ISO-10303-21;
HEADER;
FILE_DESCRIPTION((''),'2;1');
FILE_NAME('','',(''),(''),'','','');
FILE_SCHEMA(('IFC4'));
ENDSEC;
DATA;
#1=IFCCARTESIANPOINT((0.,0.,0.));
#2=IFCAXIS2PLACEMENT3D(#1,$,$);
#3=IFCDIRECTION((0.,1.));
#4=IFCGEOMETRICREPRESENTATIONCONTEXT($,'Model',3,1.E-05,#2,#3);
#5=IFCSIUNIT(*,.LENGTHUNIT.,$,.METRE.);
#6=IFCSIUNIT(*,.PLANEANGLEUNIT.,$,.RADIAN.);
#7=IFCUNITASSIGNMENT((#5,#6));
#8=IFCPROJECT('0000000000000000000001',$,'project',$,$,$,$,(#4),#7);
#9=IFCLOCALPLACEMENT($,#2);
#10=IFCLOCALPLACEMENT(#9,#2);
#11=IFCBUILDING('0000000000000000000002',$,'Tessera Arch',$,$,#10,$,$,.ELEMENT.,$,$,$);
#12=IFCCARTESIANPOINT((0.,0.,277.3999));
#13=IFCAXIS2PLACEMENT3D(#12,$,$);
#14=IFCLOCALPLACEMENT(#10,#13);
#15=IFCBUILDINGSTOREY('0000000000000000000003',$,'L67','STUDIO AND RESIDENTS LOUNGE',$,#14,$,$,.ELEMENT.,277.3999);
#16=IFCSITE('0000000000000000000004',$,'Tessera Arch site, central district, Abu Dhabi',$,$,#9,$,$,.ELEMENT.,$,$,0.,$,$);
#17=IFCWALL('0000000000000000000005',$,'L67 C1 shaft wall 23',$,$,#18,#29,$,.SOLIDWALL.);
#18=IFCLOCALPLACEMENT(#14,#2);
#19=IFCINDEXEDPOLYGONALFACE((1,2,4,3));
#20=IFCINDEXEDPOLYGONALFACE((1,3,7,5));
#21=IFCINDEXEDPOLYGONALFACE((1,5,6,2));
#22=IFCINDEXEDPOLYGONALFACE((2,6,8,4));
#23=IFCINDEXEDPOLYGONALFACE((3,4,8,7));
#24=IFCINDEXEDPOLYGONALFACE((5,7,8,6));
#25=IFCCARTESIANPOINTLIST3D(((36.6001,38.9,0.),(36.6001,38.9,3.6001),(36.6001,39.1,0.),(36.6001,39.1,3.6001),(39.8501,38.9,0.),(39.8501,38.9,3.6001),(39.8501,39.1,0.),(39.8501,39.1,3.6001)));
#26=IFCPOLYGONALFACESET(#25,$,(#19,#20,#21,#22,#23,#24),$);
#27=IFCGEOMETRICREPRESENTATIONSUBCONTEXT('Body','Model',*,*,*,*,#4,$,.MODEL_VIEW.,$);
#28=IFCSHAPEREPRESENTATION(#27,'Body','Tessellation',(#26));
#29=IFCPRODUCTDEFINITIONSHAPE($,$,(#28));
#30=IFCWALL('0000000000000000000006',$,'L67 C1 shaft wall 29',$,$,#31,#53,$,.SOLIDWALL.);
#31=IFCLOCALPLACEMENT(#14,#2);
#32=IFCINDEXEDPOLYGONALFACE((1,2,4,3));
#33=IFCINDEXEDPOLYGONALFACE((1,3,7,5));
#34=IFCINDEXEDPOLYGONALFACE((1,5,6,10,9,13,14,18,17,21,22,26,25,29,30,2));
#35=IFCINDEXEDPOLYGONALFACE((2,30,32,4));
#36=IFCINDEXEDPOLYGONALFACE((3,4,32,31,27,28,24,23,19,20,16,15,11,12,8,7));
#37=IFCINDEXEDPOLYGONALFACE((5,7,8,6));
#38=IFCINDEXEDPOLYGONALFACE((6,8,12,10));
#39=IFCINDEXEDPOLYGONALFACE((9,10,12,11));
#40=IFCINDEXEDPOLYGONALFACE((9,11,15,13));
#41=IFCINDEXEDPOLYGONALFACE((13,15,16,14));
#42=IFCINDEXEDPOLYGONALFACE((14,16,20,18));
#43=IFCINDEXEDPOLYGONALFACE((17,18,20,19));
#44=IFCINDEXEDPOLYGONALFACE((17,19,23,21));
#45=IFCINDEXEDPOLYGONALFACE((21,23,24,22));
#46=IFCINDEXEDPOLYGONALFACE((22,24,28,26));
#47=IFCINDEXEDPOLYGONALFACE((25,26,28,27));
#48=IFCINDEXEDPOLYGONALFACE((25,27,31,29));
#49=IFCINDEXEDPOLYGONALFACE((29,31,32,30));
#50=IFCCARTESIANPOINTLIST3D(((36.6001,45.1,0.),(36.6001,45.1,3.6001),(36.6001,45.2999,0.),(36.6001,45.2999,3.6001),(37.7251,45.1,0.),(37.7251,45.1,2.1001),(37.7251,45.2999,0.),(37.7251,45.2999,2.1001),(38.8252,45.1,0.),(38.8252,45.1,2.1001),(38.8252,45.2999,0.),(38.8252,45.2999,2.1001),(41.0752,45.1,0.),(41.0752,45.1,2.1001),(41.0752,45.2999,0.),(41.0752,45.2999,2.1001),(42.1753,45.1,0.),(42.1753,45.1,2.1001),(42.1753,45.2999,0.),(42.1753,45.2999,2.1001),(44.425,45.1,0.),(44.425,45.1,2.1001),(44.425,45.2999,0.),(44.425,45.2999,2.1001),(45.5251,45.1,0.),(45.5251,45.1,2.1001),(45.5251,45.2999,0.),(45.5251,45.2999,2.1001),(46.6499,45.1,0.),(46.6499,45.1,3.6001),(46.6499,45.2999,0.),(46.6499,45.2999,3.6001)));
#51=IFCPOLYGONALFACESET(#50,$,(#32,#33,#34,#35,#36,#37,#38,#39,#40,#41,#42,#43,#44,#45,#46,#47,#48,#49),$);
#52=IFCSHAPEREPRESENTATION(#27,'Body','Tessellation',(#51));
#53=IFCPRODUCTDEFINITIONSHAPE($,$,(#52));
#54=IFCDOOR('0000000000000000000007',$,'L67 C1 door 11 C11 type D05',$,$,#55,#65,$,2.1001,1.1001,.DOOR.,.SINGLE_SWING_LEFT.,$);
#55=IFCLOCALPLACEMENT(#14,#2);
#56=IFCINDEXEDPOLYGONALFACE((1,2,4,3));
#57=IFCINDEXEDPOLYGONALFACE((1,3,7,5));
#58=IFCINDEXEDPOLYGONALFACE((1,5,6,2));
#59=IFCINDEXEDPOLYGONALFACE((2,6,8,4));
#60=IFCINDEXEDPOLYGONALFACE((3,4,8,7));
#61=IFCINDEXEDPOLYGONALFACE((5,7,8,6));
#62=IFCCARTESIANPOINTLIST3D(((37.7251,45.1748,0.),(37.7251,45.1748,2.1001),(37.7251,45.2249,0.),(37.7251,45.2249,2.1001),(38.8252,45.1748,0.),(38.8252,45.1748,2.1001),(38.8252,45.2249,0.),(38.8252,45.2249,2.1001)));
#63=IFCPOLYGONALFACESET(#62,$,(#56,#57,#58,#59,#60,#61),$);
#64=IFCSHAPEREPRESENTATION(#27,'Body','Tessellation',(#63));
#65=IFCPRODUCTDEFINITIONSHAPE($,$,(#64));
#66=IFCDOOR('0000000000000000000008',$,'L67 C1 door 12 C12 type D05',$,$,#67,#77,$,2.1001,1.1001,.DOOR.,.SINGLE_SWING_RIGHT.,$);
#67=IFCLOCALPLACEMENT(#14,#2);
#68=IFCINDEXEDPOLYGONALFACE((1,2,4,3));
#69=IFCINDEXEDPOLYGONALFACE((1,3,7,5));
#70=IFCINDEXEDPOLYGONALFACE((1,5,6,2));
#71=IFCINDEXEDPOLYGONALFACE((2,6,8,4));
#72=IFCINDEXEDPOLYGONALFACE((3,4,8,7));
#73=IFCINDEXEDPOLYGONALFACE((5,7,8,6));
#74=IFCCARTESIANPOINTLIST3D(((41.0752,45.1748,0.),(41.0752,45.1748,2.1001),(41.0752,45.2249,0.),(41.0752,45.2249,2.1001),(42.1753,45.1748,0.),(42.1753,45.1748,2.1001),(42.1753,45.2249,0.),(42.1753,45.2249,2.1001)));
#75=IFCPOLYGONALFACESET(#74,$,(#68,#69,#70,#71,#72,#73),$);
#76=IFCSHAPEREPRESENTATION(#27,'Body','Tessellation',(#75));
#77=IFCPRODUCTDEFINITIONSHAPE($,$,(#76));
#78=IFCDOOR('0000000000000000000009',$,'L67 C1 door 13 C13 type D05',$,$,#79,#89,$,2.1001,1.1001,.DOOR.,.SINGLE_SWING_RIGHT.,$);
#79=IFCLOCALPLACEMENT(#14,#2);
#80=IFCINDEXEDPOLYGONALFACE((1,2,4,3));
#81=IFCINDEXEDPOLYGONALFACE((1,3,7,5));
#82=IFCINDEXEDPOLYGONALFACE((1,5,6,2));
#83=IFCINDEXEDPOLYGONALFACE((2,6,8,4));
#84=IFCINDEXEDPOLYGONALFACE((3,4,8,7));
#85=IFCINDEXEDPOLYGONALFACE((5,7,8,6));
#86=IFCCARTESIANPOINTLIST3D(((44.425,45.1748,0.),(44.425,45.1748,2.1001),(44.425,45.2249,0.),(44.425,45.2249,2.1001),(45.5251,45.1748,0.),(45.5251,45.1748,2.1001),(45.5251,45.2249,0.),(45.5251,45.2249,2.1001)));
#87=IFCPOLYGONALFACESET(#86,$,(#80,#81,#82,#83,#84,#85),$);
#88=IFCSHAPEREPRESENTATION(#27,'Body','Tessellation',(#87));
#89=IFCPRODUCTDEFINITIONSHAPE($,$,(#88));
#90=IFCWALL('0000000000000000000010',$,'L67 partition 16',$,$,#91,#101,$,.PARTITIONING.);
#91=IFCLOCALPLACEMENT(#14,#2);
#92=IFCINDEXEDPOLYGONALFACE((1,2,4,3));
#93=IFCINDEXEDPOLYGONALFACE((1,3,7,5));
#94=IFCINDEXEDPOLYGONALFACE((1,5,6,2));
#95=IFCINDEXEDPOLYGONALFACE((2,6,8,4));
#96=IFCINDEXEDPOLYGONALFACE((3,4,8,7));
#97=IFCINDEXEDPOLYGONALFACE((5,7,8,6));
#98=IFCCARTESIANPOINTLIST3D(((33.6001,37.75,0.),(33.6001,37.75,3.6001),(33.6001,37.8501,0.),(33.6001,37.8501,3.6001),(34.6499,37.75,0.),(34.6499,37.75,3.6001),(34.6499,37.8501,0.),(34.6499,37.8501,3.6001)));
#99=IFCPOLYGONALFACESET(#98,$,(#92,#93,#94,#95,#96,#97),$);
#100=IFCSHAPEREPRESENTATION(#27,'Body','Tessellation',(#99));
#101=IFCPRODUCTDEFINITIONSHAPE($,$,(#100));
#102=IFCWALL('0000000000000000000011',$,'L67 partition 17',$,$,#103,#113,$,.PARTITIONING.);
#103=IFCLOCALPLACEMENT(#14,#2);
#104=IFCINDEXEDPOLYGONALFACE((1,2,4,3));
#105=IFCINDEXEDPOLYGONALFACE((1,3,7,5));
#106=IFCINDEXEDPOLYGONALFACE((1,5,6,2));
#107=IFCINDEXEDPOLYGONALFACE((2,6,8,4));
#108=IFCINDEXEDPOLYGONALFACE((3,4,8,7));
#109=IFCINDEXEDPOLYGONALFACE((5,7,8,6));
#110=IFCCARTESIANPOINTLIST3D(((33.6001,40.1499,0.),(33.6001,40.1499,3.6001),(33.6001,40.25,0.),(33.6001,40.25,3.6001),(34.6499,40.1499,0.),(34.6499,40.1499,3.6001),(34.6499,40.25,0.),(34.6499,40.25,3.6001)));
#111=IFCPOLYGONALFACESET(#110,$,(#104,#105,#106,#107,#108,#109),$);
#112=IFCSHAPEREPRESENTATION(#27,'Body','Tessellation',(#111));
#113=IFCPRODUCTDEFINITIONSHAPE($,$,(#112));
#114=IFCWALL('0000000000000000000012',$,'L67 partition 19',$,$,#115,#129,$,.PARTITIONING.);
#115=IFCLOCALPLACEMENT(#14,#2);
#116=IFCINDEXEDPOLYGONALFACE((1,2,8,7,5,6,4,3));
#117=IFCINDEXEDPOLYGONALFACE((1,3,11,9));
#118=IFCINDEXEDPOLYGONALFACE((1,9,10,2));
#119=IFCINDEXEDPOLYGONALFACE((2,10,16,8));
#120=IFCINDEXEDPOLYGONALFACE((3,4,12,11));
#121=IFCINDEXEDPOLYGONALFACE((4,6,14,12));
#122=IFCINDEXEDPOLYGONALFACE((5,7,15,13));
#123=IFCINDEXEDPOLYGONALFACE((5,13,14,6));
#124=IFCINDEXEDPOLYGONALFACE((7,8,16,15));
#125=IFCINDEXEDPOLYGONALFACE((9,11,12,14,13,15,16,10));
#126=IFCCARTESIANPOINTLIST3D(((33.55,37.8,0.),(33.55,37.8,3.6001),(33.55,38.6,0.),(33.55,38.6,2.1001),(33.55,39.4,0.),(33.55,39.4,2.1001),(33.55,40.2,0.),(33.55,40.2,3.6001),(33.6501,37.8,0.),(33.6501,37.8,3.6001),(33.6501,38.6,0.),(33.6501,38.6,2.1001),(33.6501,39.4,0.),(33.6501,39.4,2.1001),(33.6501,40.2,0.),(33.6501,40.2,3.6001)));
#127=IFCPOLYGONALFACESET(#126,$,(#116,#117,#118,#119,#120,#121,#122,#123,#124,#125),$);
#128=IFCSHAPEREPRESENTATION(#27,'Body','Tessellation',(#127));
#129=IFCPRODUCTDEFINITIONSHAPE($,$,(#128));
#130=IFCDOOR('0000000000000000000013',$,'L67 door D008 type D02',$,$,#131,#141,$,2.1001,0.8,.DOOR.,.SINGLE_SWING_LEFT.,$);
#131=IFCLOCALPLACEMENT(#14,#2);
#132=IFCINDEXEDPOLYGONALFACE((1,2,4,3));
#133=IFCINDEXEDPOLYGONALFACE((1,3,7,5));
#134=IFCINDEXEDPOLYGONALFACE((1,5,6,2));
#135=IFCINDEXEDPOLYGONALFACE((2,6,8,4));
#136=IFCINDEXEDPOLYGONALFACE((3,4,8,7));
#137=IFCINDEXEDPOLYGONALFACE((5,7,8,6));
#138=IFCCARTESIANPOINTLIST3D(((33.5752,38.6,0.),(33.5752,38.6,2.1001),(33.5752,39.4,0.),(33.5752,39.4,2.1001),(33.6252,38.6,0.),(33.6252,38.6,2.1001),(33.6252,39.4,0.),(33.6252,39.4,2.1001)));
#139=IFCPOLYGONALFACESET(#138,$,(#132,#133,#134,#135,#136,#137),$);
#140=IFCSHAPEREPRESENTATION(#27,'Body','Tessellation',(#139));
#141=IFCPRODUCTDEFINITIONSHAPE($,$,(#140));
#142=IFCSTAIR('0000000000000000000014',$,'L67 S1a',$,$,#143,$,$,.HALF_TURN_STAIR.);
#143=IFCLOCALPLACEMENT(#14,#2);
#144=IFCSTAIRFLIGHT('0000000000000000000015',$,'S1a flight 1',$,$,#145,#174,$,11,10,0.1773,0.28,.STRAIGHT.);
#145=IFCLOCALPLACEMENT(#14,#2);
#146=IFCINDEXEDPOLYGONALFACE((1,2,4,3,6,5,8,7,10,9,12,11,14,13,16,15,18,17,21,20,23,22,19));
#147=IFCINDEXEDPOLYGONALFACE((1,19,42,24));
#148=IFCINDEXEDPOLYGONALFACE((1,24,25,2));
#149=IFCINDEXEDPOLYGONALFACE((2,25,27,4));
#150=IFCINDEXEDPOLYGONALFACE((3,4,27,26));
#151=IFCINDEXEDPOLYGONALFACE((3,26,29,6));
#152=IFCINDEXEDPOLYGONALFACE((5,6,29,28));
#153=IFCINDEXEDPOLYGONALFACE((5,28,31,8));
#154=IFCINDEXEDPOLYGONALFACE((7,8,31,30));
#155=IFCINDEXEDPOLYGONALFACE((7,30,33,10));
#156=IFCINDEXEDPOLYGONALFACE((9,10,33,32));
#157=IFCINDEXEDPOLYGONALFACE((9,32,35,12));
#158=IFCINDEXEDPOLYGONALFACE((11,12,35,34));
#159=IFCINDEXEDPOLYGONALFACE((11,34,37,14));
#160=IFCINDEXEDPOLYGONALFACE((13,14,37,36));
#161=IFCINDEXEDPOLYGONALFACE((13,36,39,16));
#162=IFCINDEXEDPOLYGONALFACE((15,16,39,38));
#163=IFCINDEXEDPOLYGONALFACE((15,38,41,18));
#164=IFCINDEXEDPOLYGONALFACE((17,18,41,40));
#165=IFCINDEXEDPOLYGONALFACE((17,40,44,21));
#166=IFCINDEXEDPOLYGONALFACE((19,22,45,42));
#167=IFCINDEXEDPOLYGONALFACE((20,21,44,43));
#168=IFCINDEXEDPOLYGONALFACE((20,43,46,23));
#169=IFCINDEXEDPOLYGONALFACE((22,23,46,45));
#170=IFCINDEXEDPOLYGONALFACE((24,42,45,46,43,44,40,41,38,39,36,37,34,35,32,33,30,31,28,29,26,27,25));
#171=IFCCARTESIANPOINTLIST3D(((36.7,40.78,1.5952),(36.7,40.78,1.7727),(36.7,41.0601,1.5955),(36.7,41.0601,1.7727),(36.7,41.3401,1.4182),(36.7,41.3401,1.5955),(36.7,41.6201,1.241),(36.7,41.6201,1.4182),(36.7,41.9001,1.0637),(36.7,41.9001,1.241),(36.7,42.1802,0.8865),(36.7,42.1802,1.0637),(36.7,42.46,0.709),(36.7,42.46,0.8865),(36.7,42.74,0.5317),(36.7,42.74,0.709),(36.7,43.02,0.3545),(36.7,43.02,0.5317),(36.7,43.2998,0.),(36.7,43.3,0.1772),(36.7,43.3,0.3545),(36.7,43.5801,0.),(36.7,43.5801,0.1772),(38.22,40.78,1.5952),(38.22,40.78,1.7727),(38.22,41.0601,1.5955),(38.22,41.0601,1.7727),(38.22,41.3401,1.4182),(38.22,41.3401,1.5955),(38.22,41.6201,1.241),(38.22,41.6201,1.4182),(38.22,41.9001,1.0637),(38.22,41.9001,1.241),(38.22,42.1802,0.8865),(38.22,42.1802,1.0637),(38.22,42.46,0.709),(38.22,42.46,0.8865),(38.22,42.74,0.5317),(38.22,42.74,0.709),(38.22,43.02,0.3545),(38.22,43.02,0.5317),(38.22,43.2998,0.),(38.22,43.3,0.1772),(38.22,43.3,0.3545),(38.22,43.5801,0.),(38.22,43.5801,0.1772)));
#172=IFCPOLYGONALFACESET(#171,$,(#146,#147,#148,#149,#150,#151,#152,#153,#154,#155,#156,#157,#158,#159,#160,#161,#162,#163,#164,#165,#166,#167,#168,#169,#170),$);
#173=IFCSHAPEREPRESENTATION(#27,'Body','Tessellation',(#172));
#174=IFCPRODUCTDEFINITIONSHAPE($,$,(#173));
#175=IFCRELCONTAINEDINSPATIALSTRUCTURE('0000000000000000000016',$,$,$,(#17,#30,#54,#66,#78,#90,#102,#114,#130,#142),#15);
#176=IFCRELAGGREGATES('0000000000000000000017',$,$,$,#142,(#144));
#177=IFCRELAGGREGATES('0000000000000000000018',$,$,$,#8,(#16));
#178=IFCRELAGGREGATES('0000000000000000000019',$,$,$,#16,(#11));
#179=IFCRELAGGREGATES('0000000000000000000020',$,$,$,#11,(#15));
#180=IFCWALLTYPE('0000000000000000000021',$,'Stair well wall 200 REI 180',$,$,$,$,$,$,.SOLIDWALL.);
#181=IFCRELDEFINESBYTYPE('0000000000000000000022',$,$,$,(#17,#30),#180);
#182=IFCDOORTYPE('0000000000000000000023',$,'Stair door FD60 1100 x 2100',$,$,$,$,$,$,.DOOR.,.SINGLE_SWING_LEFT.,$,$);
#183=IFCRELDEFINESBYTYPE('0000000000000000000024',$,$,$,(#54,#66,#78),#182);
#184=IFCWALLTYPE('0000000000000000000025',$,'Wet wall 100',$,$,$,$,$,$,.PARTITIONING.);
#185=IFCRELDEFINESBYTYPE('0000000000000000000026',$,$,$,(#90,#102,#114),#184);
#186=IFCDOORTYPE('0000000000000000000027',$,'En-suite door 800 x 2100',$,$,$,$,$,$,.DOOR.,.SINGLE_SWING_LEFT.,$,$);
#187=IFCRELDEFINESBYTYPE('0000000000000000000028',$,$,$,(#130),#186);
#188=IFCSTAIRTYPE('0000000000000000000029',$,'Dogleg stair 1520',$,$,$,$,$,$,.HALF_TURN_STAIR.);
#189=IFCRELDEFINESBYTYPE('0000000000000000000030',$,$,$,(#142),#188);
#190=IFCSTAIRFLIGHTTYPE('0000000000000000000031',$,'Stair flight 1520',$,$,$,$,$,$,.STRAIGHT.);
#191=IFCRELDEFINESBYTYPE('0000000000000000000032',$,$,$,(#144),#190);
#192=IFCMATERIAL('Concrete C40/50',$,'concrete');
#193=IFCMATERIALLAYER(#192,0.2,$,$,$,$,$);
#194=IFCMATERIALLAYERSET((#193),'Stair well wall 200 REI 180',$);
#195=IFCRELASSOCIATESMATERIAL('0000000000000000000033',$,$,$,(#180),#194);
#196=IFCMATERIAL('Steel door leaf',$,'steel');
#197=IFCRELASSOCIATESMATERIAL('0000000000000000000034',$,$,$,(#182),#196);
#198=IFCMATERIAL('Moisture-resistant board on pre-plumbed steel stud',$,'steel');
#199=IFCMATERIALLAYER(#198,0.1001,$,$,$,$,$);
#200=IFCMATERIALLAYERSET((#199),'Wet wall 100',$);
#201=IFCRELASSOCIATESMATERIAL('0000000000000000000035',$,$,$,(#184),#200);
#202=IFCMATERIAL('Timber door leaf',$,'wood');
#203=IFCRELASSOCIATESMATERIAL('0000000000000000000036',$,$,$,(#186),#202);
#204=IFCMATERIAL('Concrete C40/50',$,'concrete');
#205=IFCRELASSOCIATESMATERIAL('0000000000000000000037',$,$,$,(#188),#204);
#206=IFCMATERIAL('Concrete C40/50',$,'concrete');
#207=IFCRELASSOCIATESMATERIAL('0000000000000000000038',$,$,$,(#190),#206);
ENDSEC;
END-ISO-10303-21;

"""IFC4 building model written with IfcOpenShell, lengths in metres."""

from ifc_helpers import new_model, si_unit, direction, frame, frame_2d, origin, place, context, subcontext, project, spatial, polyline, rectangle, outline, extrude, material, layer, layer_set, type_object, element, fill, aggregate, save


model = new_model("IFC4")

# Units and contexts
model_context = context("Model", 3, precision=1e-05, world=origin(), true_north=direction((0.0, 1.0)))
body_context = subcontext(model_context, "Body", "Model", "MODEL_VIEW")
ifc_project = project(units=[si_unit("LENGTHUNIT", "METRE"), si_unit("PLANEANGLEUNIT", "RADIAN")], contexts=[model_context])

# Site, building, storey
site_placement = place(None, origin())
site = spatial("IfcSite", under=ifc_project, at=site_placement, Name="Tessera Arch site, central district, Abu Dhabi", CompositionType="ELEMENT", RefElevation=0.0)
building_placement = place(site_placement, origin())
building = spatial("IfcBuilding", under=site, at=building_placement, Name="Tessera Arch", CompositionType="ELEMENT")
storey_placement = place(building_placement, frame((0.0, 0.0, 277.3999)))
storey = spatial("IfcBuildingStorey", under=building, at=storey_placement, Name="L67", Description="STUDIO AND RESIDENTS LOUNGE", CompositionType="ELEMENT", Elevation=277.3999)

# Wall
ifc_material_1 = material(Name="Concrete C40/50", Category="concrete")
ifc_layer_1 = layer(ifc_material_1, 0.2)
ifc_layer_set_1 = layer_set([ifc_layer_1], Name="Stair well wall 200 REI 180")
wall_type_1 = type_object("IfcWallType", Name="Stair well wall 200 REI 180", PredefinedType="SOLIDWALL", material=ifc_layer_set_1)
wall_1_placement = place(storey_placement, frame((36.6001, 39.0, 0.0), z_axis=(0.0, 0.0, 1.0), x_axis=(1.0, 0.0, 0.0)))
element("IfcWall", 1, at=wall_1_placement, inside=storey, type_object=wall_type_1, Name="L67 C1 shaft wall 23", PredefinedType="SOLIDWALL", context=body_context, shape_type="SweptSolid", body=[
    extrude(rectangle(XDim=3.25, YDim=0.2, at=frame_2d((1.625, 0.0))), origin(), (0.0, 0.0, 1.0), 3.6001),
])

# Wall, openings, doors
wall_2_placement = place(storey_placement, frame((36.6001, 45.2, 0.0), z_axis=(0.0, 0.0, 1.0), x_axis=(1.0, 0.0, 0.0)))
wall_2 = element("IfcWall", 2, at=wall_2_placement, inside=storey, type_object=wall_type_1, Name="L67 C1 shaft wall 29", PredefinedType="SOLIDWALL", context=body_context, shape_type="SweptSolid", body=[
    extrude(rectangle(XDim=10.0498, YDim=0.2, at=frame_2d((5.0249, 0.0))), origin(), (0.0, 0.0, 1.0), 3.6001),
])
opening_1_placement = place(wall_2_placement, frame((1.125, 0.0, 0.0)))
opening_1 = element("IfcOpeningElement", 3, at=opening_1_placement, cuts=wall_2, PredefinedType="OPENING", context=body_context, shape_type="SweptSolid", body=[
    extrude(rectangle(XDim=1.1001, YDim=2.1001, at=frame_2d((0.55, 1.05))), frame((0.0, 0.1099, 0.0), z_axis=(0.0, -1.0, 0.0), x_axis=(1.0, 0.0, 0.0)), (0.0, 0.0, 1.0), 0.22),
])
opening_2_placement = place(wall_2_placement, frame((4.4751, 0.0, 0.0)))
opening_2 = element("IfcOpeningElement", 4, at=opening_2_placement, cuts=wall_2, PredefinedType="OPENING", context=body_context, shape_type="SweptSolid", body=[
    extrude(rectangle(XDim=1.1001, YDim=2.1001, at=frame_2d((0.55, 1.05))), frame((0.0, 0.1099, 0.0), z_axis=(0.0, -1.0, 0.0), x_axis=(1.0, 0.0, 0.0)), (0.0, 0.0, 1.0), 0.22),
])
opening_3_placement = place(wall_2_placement, frame((7.825, 0.0, 0.0)))
opening_3 = element("IfcOpeningElement", 5, at=opening_3_placement, cuts=wall_2, PredefinedType="OPENING", context=body_context, shape_type="SweptSolid", body=[
    extrude(rectangle(XDim=1.1001, YDim=2.1001, at=frame_2d((0.55, 1.05))), frame((0.0, 0.1099, 0.0), z_axis=(0.0, -1.0, 0.0), x_axis=(1.0, 0.0, 0.0)), (0.0, 0.0, 1.0), 0.22),
])
ifc_material_2 = material(Name="Steel door leaf", Category="steel")
door_type_1 = type_object("IfcDoorType", Name="Stair door FD60 1100 x 2100", OperationType="SINGLE_SWING_LEFT", PredefinedType="DOOR", material=ifc_material_2)
door_1_placement = place(opening_1_placement, origin())
door_1 = element("IfcDoor", 6, at=door_1_placement, inside=storey, type_object=door_type_1, Name="L67 C1 door 11 C11 type D05", OperationType="SINGLE_SWING_LEFT", OverallHeight=2.1001, OverallWidth=1.1001, PredefinedType="DOOR", context=body_context, shape_type="SweptSolid", body=[
    extrude(rectangle(XDim=1.1001, YDim=2.1001, at=frame_2d((0.55, 1.05))), frame((0.0, 0.0249, 0.0), z_axis=(0.0, -1.0, 0.0), x_axis=(1.0, 0.0, 0.0)), (0.0, 0.0, 1.0), 0.05),
])
fill(opening_1, door_1)
door_2_placement = place(opening_2_placement, origin())
door_2 = element("IfcDoor", 7, at=door_2_placement, inside=storey, type_object=door_type_1, Name="L67 C1 door 12 C12 type D05", OperationType="SINGLE_SWING_RIGHT", OverallHeight=2.1001, OverallWidth=1.1001, PredefinedType="DOOR", context=body_context, shape_type="SweptSolid", body=[
    extrude(rectangle(XDim=1.1001, YDim=2.1001, at=frame_2d((0.55, 1.05))), frame((0.0, 0.0249, 0.0), z_axis=(0.0, -1.0, 0.0), x_axis=(1.0, 0.0, 0.0)), (0.0, 0.0, 1.0), 0.05),
])
fill(opening_2, door_2)
door_3_placement = place(opening_3_placement, origin())
door_3 = element("IfcDoor", 8, at=door_3_placement, inside=storey, type_object=door_type_1, Name="L67 C1 door 13 C13 type D05", OperationType="SINGLE_SWING_RIGHT", OverallHeight=2.1001, OverallWidth=1.1001, PredefinedType="DOOR", context=body_context, shape_type="SweptSolid", body=[
    extrude(rectangle(XDim=1.1001, YDim=2.1001, at=frame_2d((0.55, 1.05))), frame((0.0, 0.0249, 0.0), z_axis=(0.0, -1.0, 0.0), x_axis=(1.0, 0.0, 0.0)), (0.0, 0.0, 1.0), 0.05),
])
fill(opening_3, door_3)

# Walls
ifc_material_3 = material(Name="Moisture-resistant board on pre-plumbed steel stud", Category="steel")
ifc_layer_2 = layer(ifc_material_3, 0.1001)
ifc_layer_set_2 = layer_set([ifc_layer_2], Name="Wet wall 100")
wall_type_2 = type_object("IfcWallType", Name="Wet wall 100", PredefinedType="PARTITIONING", material=ifc_layer_set_2)
for number, where, z_axis, x_axis, name in (
    (9, (33.6001, 37.8, 0.0), (0.0, 0.0, 1.0), (1.0, 0.0, 0.0), "L67 partition 16"),
    (10, (33.6001, 40.2, 0.0), (0.0, 0.0, 1.0), (1.0, 0.0, 0.0), "L67 partition 17"),
):
    element("IfcWall", number, at=place(storey_placement, frame(where, z_axis=z_axis, x_axis=x_axis)), inside=storey, type_object=wall_type_2, Name=name, PredefinedType="PARTITIONING", context=body_context, shape_type="SweptSolid", body=[
        extrude(rectangle(XDim=1.0498, YDim=0.1001, at=frame_2d((0.5249, 0.0))), origin(), (0.0, 0.0, 1.0), 3.6001),
    ])

# Wall, opening, door
wall_3_placement = place(storey_placement, frame((33.6001, 37.8, 0.0), z_axis=(0.0, 0.0, 1.0), x_axis=(0.0, 1.0, 0.0)))
wall_3 = element("IfcWall", 11, at=wall_3_placement, inside=storey, type_object=wall_type_2, Name="L67 partition 19", PredefinedType="PARTITIONING", context=body_context, shape_type="SweptSolid", body=[
    extrude(rectangle(XDim=2.3999, YDim=0.1001, at=frame_2d((1.2, 0.0))), origin(), (0.0, 0.0, 1.0), 3.6001),
])
opening_4_placement = place(wall_3_placement, frame((0.8, 0.0, 0.0)))
opening_4 = element("IfcOpeningElement", 12, at=opening_4_placement, cuts=wall_3, PredefinedType="OPENING", context=body_context, shape_type="SweptSolid", body=[
    extrude(rectangle(XDim=0.8, YDim=2.1001, at=frame_2d((0.3999, 1.05))), frame((0.0, 0.0601, 0.0), z_axis=(0.0, -1.0, 0.0), x_axis=(1.0, 0.0, 0.0)), (0.0, 0.0, 1.0), 0.1201),
])
ifc_material_4 = material(Name="Timber door leaf", Category="wood")
door_type_2 = type_object("IfcDoorType", Name="En-suite door 800 x 2100", OperationType="SINGLE_SWING_LEFT", PredefinedType="DOOR", material=ifc_material_4)
door_4_placement = place(opening_4_placement, origin())
door_4 = element("IfcDoor", 13, at=door_4_placement, inside=storey, type_object=door_type_2, Name="L67 door D008 type D02", OperationType="SINGLE_SWING_LEFT", OverallHeight=2.1001, OverallWidth=0.8, PredefinedType="DOOR", context=body_context, shape_type="SweptSolid", body=[
    extrude(rectangle(XDim=0.8, YDim=2.1001, at=frame_2d((0.3999, 1.05))), frame((0.0, 0.0249, 0.0), z_axis=(0.0, -1.0, 0.0), x_axis=(1.0, 0.0, 0.0)), (0.0, 0.0, 1.0), 0.05),
])
fill(opening_4, door_4)

# Stair, stair flight
ifc_material_5 = material(Name="Concrete C40/50", Category="concrete")
stair_type = type_object("IfcStairType", Name="Dogleg stair 1520", PredefinedType="HALF_TURN_STAIR", material=ifc_material_5)
stair_placement = place(storey_placement, origin())
stair = element("IfcStair", 14, at=stair_placement, inside=storey, type_object=stair_type, Name="L67 S1a", PredefinedType="HALF_TURN_STAIR")
ifc_material_6 = material(Name="Concrete C40/50", Category="concrete")
stair_flight_type = type_object("IfcStairFlightType", Name="Stair flight 1520", PredefinedType="STRAIGHT", material=ifc_material_6)
stair_flight_placement = place(storey_placement, frame((37.46, 43.5801, 0.0), z_axis=(0.0, 0.0, 1.0), x_axis=(0.0, -1.0, 0.0)))
stair_flight = element("IfcStairFlight", 15, at=stair_flight_placement, type_object=stair_flight_type, Name="S1a flight 1", NumberOfRisers=11, NumberOfTreads=10, PredefinedType="STRAIGHT", RiserHeight=0.1773, TreadLength=0.28, context=body_context, shape_type="SweptSolid", body=[
    extrude(outline(polyline([(0.0, 0.0), (0.0, 0.1772), (0.28, 0.1772), (0.28, 0.3545), (0.5601, 0.3545), (0.5601, 0.5317), (0.8401, 0.5317), (0.8401, 0.709), (1.1201, 0.709), (1.1201, 0.8865), (1.3999, 0.8865), (1.3999, 1.0637), (1.6799, 1.0637), (1.6799, 1.241), (1.96, 1.241), (1.96, 1.4182), (2.24, 1.4182), (2.24, 1.5955), (2.52, 1.5955), (2.52, 1.7727), (2.8, 1.7727), (2.8, 1.95), (2.8, 1.5952), (0.2803, 0.0), (0.0, 0.0)])), frame((0.0, 0.76, 0.0), z_axis=(0.0, -1.0, 0.0), x_axis=(1.0, 0.0, 0.0)), (0.0, 0.0, 1.0), 1.52),
])
aggregate(stair, [stair_flight])

save(model, "model.ifc")
